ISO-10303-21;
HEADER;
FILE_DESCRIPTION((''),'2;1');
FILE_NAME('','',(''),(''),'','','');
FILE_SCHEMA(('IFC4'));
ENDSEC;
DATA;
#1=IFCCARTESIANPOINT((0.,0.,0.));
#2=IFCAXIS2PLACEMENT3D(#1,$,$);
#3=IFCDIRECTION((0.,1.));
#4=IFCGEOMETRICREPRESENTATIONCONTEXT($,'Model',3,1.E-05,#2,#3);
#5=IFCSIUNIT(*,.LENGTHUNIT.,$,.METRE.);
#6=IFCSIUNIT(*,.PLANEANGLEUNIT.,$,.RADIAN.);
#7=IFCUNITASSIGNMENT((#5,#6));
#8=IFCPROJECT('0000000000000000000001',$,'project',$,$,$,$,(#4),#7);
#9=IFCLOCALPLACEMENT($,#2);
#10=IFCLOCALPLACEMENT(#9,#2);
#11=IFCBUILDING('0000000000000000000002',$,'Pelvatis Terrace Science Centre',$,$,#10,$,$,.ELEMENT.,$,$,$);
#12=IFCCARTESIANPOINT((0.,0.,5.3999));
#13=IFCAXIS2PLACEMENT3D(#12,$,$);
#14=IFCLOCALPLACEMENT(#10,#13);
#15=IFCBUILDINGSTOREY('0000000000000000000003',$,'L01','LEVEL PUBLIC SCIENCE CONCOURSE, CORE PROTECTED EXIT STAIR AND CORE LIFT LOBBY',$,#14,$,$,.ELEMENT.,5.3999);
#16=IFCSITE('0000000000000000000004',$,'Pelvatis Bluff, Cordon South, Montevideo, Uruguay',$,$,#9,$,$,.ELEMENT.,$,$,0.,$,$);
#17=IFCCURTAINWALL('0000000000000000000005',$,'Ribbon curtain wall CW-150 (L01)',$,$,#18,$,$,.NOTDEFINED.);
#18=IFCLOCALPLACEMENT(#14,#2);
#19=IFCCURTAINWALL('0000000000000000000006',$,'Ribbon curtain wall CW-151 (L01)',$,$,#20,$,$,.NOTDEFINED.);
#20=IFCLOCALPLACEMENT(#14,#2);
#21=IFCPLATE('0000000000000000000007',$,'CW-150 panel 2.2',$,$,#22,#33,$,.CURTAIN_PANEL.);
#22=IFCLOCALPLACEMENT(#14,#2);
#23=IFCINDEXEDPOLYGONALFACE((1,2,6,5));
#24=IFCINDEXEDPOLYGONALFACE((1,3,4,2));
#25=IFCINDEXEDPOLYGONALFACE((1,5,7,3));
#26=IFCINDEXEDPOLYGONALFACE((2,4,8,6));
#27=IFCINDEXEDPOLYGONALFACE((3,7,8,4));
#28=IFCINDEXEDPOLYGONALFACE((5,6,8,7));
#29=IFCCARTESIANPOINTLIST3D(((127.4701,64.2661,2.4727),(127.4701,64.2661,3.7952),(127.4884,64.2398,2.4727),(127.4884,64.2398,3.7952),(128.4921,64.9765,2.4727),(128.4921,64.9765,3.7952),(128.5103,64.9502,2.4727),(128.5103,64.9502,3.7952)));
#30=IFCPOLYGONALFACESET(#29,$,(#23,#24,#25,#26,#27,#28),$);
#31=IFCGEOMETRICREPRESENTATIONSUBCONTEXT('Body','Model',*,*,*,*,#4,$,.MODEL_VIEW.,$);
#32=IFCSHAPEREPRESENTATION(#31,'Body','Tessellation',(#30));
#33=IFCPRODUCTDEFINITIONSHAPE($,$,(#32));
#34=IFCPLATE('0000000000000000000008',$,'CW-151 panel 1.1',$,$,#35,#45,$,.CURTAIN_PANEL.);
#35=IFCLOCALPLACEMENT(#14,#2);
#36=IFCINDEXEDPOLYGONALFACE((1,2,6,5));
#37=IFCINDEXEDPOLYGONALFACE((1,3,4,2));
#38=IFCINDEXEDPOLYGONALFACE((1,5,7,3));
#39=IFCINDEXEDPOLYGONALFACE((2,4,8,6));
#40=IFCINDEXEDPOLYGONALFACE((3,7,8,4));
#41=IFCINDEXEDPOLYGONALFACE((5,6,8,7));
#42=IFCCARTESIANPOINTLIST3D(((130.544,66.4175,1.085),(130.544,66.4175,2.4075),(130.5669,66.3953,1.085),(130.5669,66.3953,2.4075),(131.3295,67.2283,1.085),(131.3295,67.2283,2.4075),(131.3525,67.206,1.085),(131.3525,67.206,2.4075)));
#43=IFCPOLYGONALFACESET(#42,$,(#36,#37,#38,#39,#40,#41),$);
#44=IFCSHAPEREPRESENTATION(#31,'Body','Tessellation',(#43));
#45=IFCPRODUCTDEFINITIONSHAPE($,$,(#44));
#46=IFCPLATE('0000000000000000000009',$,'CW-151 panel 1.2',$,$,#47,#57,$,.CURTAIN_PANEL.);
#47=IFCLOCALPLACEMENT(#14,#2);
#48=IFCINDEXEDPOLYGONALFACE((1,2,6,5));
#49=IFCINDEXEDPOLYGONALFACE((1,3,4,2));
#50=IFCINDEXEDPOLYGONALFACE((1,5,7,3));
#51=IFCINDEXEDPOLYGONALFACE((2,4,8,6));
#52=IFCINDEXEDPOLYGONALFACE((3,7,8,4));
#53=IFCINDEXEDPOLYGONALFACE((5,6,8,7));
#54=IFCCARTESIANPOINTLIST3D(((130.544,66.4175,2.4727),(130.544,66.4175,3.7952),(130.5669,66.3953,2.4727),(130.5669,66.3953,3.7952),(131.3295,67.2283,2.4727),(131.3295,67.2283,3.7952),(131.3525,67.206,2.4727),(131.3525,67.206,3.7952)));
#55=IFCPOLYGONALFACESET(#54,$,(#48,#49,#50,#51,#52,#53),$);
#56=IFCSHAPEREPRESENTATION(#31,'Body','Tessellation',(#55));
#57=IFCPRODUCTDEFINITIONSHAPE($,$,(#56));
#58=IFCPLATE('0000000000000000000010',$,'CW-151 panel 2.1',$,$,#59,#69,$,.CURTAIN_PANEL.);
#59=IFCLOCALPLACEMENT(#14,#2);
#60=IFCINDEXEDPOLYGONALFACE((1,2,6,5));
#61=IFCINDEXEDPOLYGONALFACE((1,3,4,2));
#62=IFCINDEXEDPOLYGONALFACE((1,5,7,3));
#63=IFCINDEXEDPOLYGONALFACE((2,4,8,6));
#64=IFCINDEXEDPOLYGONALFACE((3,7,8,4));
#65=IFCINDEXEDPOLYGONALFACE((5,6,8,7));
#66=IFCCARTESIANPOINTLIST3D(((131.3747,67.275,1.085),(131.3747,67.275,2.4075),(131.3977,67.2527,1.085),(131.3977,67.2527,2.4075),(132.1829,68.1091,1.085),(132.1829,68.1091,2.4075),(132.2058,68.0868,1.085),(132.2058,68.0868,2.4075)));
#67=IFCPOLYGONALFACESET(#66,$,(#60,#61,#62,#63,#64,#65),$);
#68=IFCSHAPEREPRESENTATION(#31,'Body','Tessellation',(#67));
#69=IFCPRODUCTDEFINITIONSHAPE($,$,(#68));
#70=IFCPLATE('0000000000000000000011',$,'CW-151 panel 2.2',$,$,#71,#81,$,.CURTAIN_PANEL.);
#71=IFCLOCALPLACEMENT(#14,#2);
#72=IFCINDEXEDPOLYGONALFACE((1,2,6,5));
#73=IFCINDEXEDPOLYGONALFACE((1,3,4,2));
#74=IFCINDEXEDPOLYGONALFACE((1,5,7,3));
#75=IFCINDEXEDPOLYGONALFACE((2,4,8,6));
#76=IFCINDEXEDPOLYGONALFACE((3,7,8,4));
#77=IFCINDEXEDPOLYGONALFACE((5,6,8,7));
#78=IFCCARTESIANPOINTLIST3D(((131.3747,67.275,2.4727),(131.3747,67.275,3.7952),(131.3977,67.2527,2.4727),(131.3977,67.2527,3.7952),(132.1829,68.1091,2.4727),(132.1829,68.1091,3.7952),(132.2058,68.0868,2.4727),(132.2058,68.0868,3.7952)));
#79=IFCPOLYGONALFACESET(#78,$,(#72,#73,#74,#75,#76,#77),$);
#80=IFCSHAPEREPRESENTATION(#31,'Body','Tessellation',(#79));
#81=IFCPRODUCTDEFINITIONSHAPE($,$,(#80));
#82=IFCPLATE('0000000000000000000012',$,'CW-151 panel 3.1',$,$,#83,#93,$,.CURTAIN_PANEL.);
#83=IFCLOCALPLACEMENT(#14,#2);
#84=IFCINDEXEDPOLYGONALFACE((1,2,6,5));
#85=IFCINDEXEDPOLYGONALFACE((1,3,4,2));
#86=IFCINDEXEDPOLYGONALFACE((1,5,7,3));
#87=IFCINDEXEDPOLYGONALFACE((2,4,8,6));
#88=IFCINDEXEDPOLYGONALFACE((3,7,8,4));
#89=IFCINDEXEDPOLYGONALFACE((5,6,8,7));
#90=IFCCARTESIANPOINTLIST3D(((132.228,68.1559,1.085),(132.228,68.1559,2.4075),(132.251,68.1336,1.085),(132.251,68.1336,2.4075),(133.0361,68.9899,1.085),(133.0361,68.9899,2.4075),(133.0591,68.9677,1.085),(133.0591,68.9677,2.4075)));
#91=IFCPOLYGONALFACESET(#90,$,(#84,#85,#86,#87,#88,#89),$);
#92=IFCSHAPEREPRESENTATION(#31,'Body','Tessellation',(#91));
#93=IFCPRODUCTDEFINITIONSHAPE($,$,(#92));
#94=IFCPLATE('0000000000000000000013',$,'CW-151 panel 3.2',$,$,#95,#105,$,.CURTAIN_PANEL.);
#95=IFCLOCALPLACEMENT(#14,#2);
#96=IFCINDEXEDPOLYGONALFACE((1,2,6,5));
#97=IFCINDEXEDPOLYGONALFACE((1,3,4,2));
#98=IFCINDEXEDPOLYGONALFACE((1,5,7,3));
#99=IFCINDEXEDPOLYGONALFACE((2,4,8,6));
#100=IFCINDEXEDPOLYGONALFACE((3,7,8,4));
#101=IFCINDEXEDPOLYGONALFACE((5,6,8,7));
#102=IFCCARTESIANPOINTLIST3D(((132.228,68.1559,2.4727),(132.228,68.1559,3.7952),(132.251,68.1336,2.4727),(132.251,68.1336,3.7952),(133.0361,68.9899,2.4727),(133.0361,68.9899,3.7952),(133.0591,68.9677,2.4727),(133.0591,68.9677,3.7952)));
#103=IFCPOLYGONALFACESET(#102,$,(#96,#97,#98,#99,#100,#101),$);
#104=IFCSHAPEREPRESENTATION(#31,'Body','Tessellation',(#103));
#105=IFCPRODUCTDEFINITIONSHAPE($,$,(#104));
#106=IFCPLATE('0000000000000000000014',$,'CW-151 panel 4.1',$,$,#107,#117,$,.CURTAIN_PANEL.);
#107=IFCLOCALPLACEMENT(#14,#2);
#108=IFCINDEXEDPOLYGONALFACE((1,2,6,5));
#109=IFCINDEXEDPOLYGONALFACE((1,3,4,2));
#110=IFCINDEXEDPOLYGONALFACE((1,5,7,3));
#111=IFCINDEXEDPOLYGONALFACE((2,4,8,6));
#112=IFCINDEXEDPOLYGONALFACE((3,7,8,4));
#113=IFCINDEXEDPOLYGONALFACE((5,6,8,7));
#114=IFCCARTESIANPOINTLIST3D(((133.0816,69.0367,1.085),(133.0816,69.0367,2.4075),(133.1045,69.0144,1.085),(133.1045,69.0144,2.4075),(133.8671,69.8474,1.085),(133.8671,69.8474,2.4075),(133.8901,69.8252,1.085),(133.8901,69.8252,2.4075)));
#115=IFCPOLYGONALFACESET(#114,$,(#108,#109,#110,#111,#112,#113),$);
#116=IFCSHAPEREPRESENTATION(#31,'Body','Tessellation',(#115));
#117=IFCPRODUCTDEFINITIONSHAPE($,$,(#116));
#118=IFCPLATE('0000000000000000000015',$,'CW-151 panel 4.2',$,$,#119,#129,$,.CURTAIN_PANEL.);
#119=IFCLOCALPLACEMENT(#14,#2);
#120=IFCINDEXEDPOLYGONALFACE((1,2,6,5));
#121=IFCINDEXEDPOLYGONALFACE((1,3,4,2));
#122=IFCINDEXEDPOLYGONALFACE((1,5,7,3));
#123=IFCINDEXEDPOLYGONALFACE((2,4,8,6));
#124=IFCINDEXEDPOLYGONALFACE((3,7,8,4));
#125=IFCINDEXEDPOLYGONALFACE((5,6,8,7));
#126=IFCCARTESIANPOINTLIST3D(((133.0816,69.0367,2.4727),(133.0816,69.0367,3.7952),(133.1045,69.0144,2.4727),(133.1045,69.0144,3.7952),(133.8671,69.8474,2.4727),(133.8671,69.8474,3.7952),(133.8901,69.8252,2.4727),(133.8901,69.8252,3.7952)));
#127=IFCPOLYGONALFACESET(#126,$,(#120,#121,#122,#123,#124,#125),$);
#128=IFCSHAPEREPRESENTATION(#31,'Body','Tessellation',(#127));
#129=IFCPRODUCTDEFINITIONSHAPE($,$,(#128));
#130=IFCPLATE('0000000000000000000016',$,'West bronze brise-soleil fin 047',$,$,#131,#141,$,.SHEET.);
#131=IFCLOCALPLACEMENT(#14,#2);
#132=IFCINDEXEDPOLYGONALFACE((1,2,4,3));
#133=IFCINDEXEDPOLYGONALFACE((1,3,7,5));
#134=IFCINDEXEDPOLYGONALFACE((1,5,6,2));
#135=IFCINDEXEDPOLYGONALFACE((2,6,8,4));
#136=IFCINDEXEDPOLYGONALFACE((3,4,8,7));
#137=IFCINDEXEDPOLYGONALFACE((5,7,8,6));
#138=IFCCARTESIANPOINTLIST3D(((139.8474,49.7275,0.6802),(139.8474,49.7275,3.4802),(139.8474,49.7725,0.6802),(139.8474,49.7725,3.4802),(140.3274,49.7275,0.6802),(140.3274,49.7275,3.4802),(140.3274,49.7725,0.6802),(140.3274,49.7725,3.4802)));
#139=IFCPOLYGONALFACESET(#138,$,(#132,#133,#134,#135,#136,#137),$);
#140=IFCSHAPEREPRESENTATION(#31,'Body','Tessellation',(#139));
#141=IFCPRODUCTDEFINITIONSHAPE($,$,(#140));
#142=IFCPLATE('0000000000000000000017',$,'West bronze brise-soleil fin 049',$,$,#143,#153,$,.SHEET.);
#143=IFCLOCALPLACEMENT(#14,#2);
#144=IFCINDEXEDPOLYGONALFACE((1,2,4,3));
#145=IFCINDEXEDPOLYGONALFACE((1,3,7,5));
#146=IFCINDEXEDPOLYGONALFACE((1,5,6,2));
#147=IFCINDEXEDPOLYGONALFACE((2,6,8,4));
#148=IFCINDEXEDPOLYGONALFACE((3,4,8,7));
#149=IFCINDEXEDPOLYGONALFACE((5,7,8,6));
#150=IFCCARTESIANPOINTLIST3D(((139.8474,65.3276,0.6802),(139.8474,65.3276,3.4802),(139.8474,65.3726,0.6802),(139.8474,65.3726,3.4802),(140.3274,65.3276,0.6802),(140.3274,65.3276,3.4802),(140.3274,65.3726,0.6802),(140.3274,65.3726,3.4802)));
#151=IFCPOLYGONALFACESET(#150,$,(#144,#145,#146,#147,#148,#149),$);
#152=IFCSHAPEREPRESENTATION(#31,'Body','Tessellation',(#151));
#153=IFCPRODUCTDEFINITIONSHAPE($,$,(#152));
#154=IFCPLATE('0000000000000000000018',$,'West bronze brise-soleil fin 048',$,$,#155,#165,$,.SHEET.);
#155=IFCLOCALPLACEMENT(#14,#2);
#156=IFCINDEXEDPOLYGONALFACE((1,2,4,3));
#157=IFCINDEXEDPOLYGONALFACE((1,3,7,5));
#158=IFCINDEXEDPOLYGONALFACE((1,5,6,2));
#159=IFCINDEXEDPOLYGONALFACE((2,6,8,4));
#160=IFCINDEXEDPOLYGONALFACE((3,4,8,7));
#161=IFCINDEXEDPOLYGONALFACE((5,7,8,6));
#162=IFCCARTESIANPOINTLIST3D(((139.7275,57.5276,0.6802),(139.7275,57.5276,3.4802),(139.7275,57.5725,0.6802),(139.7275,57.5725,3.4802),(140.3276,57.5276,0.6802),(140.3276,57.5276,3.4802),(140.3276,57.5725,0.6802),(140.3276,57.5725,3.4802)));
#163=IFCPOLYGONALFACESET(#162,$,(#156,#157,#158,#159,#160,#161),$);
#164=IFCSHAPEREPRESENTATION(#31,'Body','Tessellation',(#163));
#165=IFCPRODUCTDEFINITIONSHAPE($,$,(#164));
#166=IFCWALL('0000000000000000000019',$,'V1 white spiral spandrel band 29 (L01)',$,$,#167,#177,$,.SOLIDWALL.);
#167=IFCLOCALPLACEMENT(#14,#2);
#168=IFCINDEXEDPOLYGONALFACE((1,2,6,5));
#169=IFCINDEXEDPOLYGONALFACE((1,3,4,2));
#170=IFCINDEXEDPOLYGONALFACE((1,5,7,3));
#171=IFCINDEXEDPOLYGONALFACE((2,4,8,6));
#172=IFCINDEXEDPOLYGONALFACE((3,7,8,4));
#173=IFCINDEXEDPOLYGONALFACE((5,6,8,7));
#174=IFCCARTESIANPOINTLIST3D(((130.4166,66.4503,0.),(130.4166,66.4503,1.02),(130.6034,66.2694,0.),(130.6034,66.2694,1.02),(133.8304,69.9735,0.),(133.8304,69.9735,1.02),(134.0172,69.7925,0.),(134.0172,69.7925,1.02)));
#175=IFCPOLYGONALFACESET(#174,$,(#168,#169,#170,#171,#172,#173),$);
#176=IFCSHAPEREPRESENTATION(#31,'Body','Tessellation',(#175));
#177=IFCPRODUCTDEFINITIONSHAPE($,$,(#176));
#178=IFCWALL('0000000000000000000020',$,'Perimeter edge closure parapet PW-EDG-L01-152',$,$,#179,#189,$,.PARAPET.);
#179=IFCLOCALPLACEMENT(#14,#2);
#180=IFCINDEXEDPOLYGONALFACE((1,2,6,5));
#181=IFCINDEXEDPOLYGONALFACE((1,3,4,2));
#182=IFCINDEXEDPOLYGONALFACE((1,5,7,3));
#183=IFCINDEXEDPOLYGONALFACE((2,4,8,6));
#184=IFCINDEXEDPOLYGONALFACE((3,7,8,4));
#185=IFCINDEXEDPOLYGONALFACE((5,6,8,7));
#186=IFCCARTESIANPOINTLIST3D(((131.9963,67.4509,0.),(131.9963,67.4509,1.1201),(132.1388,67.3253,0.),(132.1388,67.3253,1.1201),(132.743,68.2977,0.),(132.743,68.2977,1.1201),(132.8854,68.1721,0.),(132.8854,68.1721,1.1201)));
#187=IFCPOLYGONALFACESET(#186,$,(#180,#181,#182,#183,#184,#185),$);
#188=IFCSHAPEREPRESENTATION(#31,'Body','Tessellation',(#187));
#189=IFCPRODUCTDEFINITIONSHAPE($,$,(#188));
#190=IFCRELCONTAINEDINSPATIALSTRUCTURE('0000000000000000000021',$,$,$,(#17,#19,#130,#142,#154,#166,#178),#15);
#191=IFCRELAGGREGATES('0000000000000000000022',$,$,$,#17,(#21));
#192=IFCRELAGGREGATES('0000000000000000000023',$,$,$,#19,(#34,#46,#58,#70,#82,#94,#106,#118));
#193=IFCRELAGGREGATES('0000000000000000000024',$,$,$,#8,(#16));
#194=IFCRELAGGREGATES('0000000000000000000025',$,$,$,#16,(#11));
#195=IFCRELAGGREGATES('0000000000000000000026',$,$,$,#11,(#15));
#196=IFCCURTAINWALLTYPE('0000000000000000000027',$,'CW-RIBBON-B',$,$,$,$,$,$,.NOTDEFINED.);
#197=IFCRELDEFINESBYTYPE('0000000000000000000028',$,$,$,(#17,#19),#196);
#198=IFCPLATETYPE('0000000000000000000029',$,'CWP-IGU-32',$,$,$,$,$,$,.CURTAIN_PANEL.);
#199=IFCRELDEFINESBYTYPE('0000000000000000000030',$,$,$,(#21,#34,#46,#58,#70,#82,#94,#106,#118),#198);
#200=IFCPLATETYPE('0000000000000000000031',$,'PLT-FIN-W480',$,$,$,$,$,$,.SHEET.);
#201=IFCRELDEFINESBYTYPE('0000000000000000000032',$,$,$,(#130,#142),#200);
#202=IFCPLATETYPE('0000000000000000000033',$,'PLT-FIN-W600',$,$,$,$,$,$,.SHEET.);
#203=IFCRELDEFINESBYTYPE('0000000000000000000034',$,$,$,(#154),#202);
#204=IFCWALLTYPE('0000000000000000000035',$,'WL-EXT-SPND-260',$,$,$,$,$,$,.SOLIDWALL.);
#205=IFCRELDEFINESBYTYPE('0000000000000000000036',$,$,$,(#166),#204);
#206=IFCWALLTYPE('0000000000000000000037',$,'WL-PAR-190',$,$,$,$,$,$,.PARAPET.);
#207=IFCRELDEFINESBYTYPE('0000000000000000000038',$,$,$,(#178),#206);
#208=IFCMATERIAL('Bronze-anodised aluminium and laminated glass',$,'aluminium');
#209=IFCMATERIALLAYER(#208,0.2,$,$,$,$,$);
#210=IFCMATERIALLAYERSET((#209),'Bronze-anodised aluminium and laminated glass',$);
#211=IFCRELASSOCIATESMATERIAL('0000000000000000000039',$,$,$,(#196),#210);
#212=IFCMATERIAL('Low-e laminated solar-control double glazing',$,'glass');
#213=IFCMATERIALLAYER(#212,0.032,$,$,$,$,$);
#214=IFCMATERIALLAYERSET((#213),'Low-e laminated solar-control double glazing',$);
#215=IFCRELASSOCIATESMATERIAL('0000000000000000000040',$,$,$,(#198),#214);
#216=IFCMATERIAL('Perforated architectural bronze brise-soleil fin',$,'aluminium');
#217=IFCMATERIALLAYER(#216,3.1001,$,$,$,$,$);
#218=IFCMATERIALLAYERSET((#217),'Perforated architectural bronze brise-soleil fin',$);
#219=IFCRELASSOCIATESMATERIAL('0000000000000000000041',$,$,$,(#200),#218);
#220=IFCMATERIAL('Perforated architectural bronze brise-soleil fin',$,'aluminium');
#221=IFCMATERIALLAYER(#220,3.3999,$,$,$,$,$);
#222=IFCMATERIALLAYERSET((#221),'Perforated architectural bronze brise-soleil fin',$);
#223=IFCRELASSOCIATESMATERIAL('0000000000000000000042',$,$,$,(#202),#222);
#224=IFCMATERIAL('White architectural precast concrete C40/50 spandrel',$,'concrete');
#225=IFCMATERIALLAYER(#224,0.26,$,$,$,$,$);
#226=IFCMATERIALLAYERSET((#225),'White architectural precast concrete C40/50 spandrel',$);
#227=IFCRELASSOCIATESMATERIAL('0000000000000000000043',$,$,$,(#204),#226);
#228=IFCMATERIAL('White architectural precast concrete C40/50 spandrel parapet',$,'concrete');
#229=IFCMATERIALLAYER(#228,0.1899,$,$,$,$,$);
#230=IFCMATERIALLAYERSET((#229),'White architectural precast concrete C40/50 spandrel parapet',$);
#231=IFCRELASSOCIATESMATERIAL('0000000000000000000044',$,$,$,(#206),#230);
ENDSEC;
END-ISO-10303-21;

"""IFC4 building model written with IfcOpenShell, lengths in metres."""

from ifc_helpers import new_model, si_unit, direction, frame, frame_2d, origin, origin_2d, place, context, subcontext, project, spatial, rectangle, extrude, material, layer, layer_set, type_object, element, aggregate, save


model = new_model("IFC4")

# Units and contexts
model_context = context("Model", 3, precision=1e-05, world=origin(), true_north=direction((0.0, 1.0)))
body_context = subcontext(model_context, "Body", "Model", "MODEL_VIEW")
ifc_project = project(units=[si_unit("LENGTHUNIT", "METRE"), si_unit("PLANEANGLEUNIT", "RADIAN")], contexts=[model_context])

# Site, building, storey
site_placement = place(None, origin())
site = spatial("IfcSite", under=ifc_project, at=site_placement, Name="Pelvatis Bluff, Cordon South, Montevideo, Uruguay", CompositionType="ELEMENT", RefElevation=0.0)
building_placement = place(site_placement, origin())
building = spatial("IfcBuilding", under=site, at=building_placement, Name="Pelvatis Terrace Science Centre", CompositionType="ELEMENT")
storey_placement = place(building_placement, frame((0.0, 0.0, 5.3999)))
storey = spatial("IfcBuildingStorey", under=building, at=storey_placement, Name="L01", Description="LEVEL PUBLIC SCIENCE CONCOURSE, CORE PROTECTED EXIT STAIR AND CORE LIFT LOBBY", CompositionType="ELEMENT", Elevation=5.3999)

# Curtain wall
ifc_material_1 = material(Name="Bronze-anodised aluminium and laminated glass", Category="aluminium")
ifc_layer_1 = layer(ifc_material_1, 0.2)
ifc_layer_set_1 = layer_set([ifc_layer_1], Name="Bronze-anodised aluminium and laminated glass")
curtain_wall_type = type_object("IfcCurtainWallType", Name="CW-RIBBON-B", PredefinedType="NOTDEFINED", material=ifc_layer_set_1)
curtain_wall_1_placement = place(storey_placement, origin())
curtain_wall_1 = element("IfcCurtainWall", 1, at=curtain_wall_1_placement, inside=storey, type_object=curtain_wall_type, Name="Ribbon curtain wall CW-150 (L01)", PredefinedType="NOTDEFINED")

# Curtain wall
curtain_wall_2_placement = place(storey_placement, origin())
curtain_wall_2 = element("IfcCurtainWall", 2, at=curtain_wall_2_placement, inside=storey, type_object=curtain_wall_type, Name="Ribbon curtain wall CW-151 (L01)", PredefinedType="NOTDEFINED")

# Plates
ifc_material_2 = material(Name="Low-e laminated solar-control double glazing", Category="glass")
ifc_layer_2 = layer(ifc_material_2, 0.032)
ifc_layer_set_2 = layer_set([ifc_layer_2], Name="Low-e laminated solar-control double glazing")
plate_type_1 = type_object("IfcPlateType", Name="CWP-IGU-32", PredefinedType="CURTAIN_PANEL", material=ifc_layer_set_2)
plate_1_placement = place(storey_placement, frame((127.9902, 64.6082, 2.4727), z_axis=(0.0, 0.0, 1.0), x_axis=(0.821107, 0.570774, 0.0)))
plate_1 = element("IfcPlate", 3, at=plate_1_placement, type_object=plate_type_1, Name="CW-150 panel 2.2", PredefinedType="CURTAIN_PANEL", context=body_context, shape_type="SweptSolid", body=[
    extrude(rectangle(XDim=1.2446, YDim=0.032, at=origin_2d()), origin(), (0.0, 0.0, 1.0), 1.3225),
])
aggregate(curtain_wall_1, [plate_1])
plate_2_placement = place(storey_placement, frame((130.9482, 66.8118, 1.085), z_axis=(0.0, 0.0, 1.0), x_axis=(0.695858, 0.718179, 0.0)))
plate_2 = element("IfcPlate", 4, at=plate_2_placement, type_object=plate_type_1, Name="CW-151 panel 1.1", PredefinedType="CURTAIN_PANEL", context=body_context, shape_type="SweptSolid", body=[
    extrude(rectangle(XDim=1.1289, YDim=0.032, at=origin_2d()), origin(), (0.0, 0.0, 1.0), 1.3225),
])
plate_3_placement = place(storey_placement, frame((130.9482, 66.8118, 2.4727), z_axis=(0.0, 0.0, 1.0), x_axis=(0.695858, 0.718179, 0.0)))
plate_3 = element("IfcPlate", 5, at=plate_3_placement, type_object=plate_type_1, Name="CW-151 panel 1.2", PredefinedType="CURTAIN_PANEL", context=body_context, shape_type="SweptSolid", body=[
    extrude(rectangle(XDim=1.1289, YDim=0.032, at=origin_2d()), origin(), (0.0, 0.0, 1.0), 1.3225),
])
plate_4_placement = place(storey_placement, frame((131.7903, 67.6809, 1.085), z_axis=(0.0, 0.0, 1.0), x_axis=(0.695858, 0.718179, 0.0)))
plate_4 = element("IfcPlate", 6, at=plate_4_placement, type_object=plate_type_1, Name="CW-151 panel 2.1", PredefinedType="CURTAIN_PANEL", context=body_context, shape_type="SweptSolid", body=[
    extrude(rectangle(XDim=1.1614, YDim=0.032, at=origin_2d()), origin(), (0.0, 0.0, 1.0), 1.3225),
])
plate_5_placement = place(storey_placement, frame((131.7903, 67.6809, 2.4727), z_axis=(0.0, 0.0, 1.0), x_axis=(0.695858, 0.718179, 0.0)))
plate_5 = element("IfcPlate", 7, at=plate_5_placement, type_object=plate_type_1, Name="CW-151 panel 2.2", PredefinedType="CURTAIN_PANEL", context=body_context, shape_type="SweptSolid", body=[
    extrude(rectangle(XDim=1.1614, YDim=0.032, at=origin_2d()), origin(), (0.0, 0.0, 1.0), 1.3225),
])
plate_6_placement = place(storey_placement, frame((132.6436, 68.5618, 1.085), z_axis=(0.0, 0.0, 1.0), x_axis=(0.695858, 0.718179, 0.0)))
plate_6 = element("IfcPlate", 8, at=plate_6_placement, type_object=plate_type_1, Name="CW-151 panel 3.1", PredefinedType="CURTAIN_PANEL", context=body_context, shape_type="SweptSolid", body=[
    extrude(rectangle(XDim=1.1614, YDim=0.032, at=origin_2d()), origin(), (0.0, 0.0, 1.0), 1.3225),
])
plate_7_placement = place(storey_placement, frame((132.6436, 68.5618, 2.4727), z_axis=(0.0, 0.0, 1.0), x_axis=(0.695858, 0.718179, 0.0)))
plate_7 = element("IfcPlate", 9, at=plate_7_placement, type_object=plate_type_1, Name="CW-151 panel 3.2", PredefinedType="CURTAIN_PANEL", context=body_context, shape_type="SweptSolid", body=[
    extrude(rectangle(XDim=1.1614, YDim=0.032, at=origin_2d()), origin(), (0.0, 0.0, 1.0), 1.3225),
])
plate_8_placement = place(storey_placement, frame((133.4858, 69.4309, 1.085), z_axis=(0.0, 0.0, 1.0), x_axis=(0.695858, 0.718179, 0.0)))
plate_8 = element("IfcPlate", 10, at=plate_8_placement, type_object=plate_type_1, Name="CW-151 panel 4.1", PredefinedType="CURTAIN_PANEL", context=body_context, shape_type="SweptSolid", body=[
    extrude(rectangle(XDim=1.1289, YDim=0.032, at=origin_2d()), origin(), (0.0, 0.0, 1.0), 1.3225),
])
plate_9_placement = place(storey_placement, frame((133.4858, 69.4309, 2.4727), z_axis=(0.0, 0.0, 1.0), x_axis=(0.695858, 0.718179, 0.0)))
plate_9 = element("IfcPlate", 11, at=plate_9_placement, type_object=plate_type_1, Name="CW-151 panel 4.2", PredefinedType="CURTAIN_PANEL", context=body_context, shape_type="SweptSolid", body=[
    extrude(rectangle(XDim=1.1289, YDim=0.032, at=origin_2d()), origin(), (0.0, 0.0, 1.0), 1.3225),
])
aggregate(curtain_wall_2, [plate_2, plate_3, plate_4, plate_5, plate_6, plate_7, plate_8, plate_9])

# Plates
ifc_material_3 = material(Name="Perforated architectural bronze brise-soleil fin", Category="aluminium")
ifc_layer_3 = layer(ifc_material_3, 3.1001)
ifc_layer_set_3 = layer_set([ifc_layer_3], Name="Perforated architectural bronze brise-soleil fin")
plate_type_2 = type_object("IfcPlateType", Name="PLT-FIN-W480", PredefinedType="SHEET", material=ifc_layer_set_3)
for number, where, z_axis, x_axis, name in (
    (12, (140.0874, 49.75, 0.6802), (0.0, 0.0, 1.0), (1.0, 0.0, 0.0), "West bronze brise-soleil fin 047"),
    (13, (140.0874, 65.3501, 0.6802), (0.0, 0.0, 1.0), (1.0, 0.0, 0.0), "West bronze brise-soleil fin 049"),
):
    element("IfcPlate", number, at=place(storey_placement, frame(where, z_axis=z_axis, x_axis=x_axis)), inside=storey, type_object=plate_type_2, Name=name, PredefinedType="SHEET", context=body_context, shape_type="SweptSolid", body=[
        extrude(rectangle(XDim=0.48, YDim=0.0449, at=origin_2d()), origin(), (0.0, 0.0, 1.0), 2.8),
    ])
ifc_material_4 = material(Name="Perforated architectural bronze brise-soleil fin", Category="aluminium")
ifc_layer_4 = layer(ifc_material_4, 3.3999)
ifc_layer_set_4 = layer_set([ifc_layer_4], Name="Perforated architectural bronze brise-soleil fin")
plate_type_3 = type_object("IfcPlateType", Name="PLT-FIN-W600", PredefinedType="SHEET", material=ifc_layer_set_4)
plate_10_placement = place(storey_placement, frame((140.0276, 57.55, 0.6802), z_axis=(0.0, 0.0, 1.0), x_axis=(1.0, 0.0, 0.0)))
element("IfcPlate", 14, at=plate_10_placement, inside=storey, type_object=plate_type_3, Name="West bronze brise-soleil fin 048", PredefinedType="SHEET", context=body_context, shape_type="SweptSolid", body=[
    extrude(rectangle(XDim=0.6001, YDim=0.0449, at=origin_2d()), origin(), (0.0, 0.0, 1.0), 2.8),
])

# Walls
ifc_material_5 = material(Name="White architectural precast concrete C40/50 spandrel", Category="concrete")
ifc_layer_5 = layer(ifc_material_5, 0.26)
ifc_layer_set_5 = layer_set([ifc_layer_5], Name="White architectural precast concrete C40/50 spandrel")
wall_type_1 = type_object("IfcWallType", Name="WL-EXT-SPND-260", PredefinedType="SOLIDWALL", material=ifc_layer_set_5)
wall_1_placement = place(storey_placement, frame((130.51, 66.3599, 0.0), z_axis=(0.0, 0.0, 1.0), x_axis=(0.695871, 0.718166, 0.0)))
element("IfcWall", 15, at=wall_1_placement, inside=storey, type_object=wall_type_1, Name="V1 white spiral spandrel band 29 (L01)", PredefinedType="SOLIDWALL", context=body_context, shape_type="SweptSolid", body=[
    extrude(rectangle(XDim=4.9058, YDim=0.26, at=frame_2d((2.4529, 0.0))), origin(), (0.0, 0.0, 1.0), 1.02),
])
ifc_material_6 = material(Name="White architectural precast concrete C40/50 spandrel parapet", Category="concrete")
ifc_layer_6 = layer(ifc_material_6, 0.1899)
ifc_layer_set_6 = layer_set([ifc_layer_6], Name="White architectural precast concrete C40/50 spandrel parapet")
wall_type_2 = type_object("IfcWallType", Name="WL-PAR-190", PredefinedType="PARAPET", material=ifc_layer_set_6)
wall_2_placement = place(storey_placement, frame((132.8142, 68.2349, 0.0), z_axis=(0.0, 0.0, 1.0), x_axis=(-0.661378, -0.750052, 0.0)))
element("IfcWall", 16, at=wall_2_placement, inside=storey, type_object=wall_type_2, Name="Perimeter edge closure parapet PW-EDG-L01-152", PredefinedType="PARAPET", context=body_context, shape_type="SweptSolid", body=[
    extrude(rectangle(XDim=1.1289, YDim=0.1899, at=frame_2d((0.5645, 0.0))), origin(), (0.0, 0.0, 1.0), 1.1201),
])

save(model, "model.ifc")
